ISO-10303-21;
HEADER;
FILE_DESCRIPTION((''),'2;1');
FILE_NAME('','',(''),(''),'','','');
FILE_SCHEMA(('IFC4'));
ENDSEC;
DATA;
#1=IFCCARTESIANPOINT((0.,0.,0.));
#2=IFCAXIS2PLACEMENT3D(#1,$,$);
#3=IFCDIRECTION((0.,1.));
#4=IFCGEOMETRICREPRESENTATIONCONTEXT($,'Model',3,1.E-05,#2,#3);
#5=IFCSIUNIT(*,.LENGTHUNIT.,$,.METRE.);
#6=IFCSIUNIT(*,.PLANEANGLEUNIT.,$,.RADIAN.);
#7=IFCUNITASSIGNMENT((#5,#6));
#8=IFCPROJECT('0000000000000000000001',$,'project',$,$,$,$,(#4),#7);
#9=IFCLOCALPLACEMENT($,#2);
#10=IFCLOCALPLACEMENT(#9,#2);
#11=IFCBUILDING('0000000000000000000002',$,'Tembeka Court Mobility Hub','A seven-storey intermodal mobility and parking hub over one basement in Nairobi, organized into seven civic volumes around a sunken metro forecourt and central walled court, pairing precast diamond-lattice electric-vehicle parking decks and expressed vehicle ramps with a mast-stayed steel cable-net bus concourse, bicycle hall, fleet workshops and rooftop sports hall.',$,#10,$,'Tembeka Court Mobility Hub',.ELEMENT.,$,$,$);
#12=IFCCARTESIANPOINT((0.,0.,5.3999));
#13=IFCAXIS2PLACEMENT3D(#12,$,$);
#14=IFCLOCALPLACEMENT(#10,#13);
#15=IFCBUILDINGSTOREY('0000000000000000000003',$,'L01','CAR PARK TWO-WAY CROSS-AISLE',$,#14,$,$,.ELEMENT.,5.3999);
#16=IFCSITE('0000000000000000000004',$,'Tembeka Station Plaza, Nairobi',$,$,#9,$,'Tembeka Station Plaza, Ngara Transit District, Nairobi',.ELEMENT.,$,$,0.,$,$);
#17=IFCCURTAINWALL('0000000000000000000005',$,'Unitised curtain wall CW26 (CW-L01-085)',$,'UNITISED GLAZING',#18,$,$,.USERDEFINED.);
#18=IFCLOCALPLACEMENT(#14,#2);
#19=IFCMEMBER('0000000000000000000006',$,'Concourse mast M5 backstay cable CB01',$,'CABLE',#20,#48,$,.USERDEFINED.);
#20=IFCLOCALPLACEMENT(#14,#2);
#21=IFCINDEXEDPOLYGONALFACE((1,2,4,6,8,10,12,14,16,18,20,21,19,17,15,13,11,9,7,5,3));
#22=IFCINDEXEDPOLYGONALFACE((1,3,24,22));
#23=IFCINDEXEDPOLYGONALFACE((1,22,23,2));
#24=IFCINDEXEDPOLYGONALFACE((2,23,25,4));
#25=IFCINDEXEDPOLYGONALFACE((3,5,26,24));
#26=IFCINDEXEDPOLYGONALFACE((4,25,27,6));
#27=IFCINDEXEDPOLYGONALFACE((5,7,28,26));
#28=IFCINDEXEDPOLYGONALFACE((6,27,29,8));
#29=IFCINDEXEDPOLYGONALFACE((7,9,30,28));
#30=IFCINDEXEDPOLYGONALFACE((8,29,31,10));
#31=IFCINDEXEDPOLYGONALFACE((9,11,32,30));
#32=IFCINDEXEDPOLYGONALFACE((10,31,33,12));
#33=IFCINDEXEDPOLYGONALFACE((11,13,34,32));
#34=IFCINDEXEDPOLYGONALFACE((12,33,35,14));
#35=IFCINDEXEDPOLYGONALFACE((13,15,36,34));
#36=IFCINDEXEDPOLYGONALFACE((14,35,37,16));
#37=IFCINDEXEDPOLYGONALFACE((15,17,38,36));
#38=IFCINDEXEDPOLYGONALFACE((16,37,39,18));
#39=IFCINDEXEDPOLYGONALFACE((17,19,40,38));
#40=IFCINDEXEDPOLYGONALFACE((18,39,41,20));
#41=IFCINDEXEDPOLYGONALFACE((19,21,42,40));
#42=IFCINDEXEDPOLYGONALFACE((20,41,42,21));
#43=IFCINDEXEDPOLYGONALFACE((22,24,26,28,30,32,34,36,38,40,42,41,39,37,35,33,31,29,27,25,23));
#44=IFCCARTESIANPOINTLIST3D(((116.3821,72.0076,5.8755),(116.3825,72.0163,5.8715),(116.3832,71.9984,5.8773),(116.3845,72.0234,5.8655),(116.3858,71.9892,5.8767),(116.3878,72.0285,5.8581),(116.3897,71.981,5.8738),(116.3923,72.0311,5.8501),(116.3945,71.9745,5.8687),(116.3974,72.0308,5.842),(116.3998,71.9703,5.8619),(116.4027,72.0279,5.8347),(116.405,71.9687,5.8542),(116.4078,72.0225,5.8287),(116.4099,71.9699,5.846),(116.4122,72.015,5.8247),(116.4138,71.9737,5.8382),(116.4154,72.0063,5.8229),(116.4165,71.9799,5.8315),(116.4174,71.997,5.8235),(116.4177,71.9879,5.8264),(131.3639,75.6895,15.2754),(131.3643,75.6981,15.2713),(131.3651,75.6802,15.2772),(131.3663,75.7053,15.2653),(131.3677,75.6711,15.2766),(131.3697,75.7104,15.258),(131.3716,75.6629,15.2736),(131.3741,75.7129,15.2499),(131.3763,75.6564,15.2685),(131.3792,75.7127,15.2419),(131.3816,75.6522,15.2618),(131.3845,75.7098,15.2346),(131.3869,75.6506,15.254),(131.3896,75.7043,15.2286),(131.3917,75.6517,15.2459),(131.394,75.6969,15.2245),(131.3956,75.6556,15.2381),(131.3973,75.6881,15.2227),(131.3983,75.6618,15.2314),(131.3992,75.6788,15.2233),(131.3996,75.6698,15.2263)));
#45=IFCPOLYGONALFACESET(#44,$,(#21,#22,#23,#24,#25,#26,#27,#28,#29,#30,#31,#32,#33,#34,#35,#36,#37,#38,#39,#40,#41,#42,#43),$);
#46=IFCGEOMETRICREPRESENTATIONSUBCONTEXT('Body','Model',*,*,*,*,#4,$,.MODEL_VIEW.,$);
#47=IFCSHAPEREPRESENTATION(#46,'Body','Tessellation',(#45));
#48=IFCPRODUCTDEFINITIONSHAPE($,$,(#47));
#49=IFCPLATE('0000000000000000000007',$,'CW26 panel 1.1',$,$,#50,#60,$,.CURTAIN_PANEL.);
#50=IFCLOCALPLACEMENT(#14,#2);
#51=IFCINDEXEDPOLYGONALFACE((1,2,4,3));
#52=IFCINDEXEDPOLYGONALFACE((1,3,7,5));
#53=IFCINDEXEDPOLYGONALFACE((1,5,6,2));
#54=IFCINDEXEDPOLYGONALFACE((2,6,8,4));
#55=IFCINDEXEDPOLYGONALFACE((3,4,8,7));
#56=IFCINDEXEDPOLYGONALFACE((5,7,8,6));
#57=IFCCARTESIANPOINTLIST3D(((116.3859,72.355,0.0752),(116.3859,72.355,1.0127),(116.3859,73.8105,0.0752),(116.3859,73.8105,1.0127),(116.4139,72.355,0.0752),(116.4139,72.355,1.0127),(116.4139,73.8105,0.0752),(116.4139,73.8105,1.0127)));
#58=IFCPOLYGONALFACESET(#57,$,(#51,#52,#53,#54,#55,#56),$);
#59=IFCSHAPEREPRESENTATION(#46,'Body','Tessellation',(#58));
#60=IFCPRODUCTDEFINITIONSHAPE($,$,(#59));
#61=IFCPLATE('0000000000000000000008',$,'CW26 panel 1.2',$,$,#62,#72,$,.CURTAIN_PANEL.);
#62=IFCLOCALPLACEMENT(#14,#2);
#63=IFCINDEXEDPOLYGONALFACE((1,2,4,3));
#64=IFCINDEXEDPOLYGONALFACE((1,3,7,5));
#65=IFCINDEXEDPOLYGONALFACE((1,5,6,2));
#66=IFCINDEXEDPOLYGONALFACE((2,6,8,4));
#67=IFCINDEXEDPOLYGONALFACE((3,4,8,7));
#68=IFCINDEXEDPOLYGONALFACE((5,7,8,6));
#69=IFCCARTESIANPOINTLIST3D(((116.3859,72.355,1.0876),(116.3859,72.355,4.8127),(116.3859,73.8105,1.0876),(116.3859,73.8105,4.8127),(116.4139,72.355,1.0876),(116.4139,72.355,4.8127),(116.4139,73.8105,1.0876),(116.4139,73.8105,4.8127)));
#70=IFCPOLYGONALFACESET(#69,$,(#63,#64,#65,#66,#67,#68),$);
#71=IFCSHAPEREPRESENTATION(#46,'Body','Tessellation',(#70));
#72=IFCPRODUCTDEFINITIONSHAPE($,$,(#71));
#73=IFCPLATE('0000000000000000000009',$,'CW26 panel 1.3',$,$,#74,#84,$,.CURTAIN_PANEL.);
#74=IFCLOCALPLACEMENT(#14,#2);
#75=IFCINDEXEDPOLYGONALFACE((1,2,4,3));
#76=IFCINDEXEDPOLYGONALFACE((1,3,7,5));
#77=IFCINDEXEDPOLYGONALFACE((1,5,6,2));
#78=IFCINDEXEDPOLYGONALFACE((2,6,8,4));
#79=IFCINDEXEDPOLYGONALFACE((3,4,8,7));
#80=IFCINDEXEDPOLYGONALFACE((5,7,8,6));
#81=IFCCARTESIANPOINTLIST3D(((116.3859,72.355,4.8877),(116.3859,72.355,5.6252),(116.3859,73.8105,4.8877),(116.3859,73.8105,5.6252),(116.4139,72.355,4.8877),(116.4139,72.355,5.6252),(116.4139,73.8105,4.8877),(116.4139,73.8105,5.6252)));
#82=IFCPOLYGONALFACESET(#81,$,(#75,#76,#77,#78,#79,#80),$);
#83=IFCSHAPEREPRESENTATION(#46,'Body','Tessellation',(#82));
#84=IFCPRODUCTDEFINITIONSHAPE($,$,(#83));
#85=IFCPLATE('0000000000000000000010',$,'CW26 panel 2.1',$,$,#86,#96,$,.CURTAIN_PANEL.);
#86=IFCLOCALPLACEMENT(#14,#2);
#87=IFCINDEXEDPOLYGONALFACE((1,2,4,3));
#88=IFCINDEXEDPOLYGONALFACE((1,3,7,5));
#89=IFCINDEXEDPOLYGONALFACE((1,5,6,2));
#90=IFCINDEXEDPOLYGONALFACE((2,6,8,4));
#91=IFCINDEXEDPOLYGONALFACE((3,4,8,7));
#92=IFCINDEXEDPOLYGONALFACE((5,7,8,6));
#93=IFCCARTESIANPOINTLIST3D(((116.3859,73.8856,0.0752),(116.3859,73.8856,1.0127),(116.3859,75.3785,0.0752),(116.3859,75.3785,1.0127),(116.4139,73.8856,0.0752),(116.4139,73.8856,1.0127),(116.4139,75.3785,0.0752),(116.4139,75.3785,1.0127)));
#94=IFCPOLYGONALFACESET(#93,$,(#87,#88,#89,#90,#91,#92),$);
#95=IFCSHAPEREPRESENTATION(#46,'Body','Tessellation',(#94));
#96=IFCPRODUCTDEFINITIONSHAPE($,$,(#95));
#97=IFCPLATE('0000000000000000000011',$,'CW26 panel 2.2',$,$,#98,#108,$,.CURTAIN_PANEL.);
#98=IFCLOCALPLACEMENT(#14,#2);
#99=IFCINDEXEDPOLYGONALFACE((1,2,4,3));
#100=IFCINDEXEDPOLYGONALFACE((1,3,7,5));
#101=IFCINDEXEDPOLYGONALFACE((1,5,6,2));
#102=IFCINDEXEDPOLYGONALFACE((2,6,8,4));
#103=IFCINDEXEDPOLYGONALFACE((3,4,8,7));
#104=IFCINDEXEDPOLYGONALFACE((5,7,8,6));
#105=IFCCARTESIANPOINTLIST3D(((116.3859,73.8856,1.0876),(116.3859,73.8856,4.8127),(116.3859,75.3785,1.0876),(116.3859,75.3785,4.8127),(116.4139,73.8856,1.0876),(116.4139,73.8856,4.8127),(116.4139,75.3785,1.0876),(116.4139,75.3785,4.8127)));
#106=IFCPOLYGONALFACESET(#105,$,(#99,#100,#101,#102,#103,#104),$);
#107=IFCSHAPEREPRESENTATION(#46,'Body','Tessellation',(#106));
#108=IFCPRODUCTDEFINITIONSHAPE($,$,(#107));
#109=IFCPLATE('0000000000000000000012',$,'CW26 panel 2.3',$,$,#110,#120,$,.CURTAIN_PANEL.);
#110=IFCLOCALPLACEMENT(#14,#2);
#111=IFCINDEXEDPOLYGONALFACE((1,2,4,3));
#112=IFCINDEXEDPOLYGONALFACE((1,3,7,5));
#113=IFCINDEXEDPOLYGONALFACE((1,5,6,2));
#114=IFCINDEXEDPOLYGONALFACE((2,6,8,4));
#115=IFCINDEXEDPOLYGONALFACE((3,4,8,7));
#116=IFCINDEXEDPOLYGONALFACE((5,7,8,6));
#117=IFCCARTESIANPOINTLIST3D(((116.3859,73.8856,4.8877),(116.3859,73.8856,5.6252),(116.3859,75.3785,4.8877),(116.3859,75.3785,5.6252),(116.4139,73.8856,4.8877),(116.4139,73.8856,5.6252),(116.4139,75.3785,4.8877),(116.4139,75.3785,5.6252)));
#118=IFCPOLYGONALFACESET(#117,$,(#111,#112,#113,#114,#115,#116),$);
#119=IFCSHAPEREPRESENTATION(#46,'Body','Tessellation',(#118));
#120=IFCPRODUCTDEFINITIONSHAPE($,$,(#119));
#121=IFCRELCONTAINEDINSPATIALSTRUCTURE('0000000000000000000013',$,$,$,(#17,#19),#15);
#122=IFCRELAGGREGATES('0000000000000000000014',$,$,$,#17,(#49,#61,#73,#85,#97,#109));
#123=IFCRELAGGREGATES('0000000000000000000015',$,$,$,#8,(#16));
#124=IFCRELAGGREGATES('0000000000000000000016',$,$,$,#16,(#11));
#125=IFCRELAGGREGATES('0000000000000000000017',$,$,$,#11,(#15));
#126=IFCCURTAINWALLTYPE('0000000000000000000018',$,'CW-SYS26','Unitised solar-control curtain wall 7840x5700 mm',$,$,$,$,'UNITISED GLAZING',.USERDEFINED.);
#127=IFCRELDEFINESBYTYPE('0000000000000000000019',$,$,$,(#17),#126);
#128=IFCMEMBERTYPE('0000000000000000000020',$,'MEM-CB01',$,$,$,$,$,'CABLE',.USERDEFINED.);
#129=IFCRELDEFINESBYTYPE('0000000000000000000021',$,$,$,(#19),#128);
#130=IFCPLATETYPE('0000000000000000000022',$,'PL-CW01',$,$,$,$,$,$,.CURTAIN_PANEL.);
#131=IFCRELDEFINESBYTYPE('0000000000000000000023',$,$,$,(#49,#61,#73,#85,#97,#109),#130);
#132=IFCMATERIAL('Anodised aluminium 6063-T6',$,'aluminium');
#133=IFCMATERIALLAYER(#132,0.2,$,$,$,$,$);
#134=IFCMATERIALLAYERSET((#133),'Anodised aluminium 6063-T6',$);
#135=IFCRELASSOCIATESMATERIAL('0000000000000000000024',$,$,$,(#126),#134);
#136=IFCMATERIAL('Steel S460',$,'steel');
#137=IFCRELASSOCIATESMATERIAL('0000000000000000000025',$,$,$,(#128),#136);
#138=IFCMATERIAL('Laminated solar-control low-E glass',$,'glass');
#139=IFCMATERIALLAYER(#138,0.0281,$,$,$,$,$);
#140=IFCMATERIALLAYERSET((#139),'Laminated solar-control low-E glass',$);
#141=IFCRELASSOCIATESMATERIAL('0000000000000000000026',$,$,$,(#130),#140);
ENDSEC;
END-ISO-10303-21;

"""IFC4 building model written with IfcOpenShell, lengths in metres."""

from ifc_helpers import new_model, si_unit, direction, frame, origin, origin_2d, place, context, subcontext, project, spatial, rectangle, circle, extrude, material, layer, layer_set, material_profile, profile_set, type_object, element, aggregate, save


model = new_model("IFC4")

# Units and contexts
model_context = context("Model", 3, precision=1e-05, world=origin(), true_north=direction((0.0, 1.0)))
body_context = subcontext(model_context, "Body", "Model", "MODEL_VIEW")
ifc_project = project(units=[si_unit("LENGTHUNIT", "METRE"), si_unit("PLANEANGLEUNIT", "RADIAN")], contexts=[model_context])

# Site, building, storey
site_placement = place(None, origin())
site = spatial("IfcSite", under=ifc_project, at=site_placement, Name="Tembeka Station Plaza, Nairobi", LongName="Tembeka Station Plaza, Ngara Transit District, Nairobi", CompositionType="ELEMENT", RefElevation=0.0)
building_placement = place(site_placement, origin())
building = spatial("IfcBuilding", under=site, at=building_placement, Name="Tembeka Court Mobility Hub", Description="A seven-storey intermodal mobility and parking hub over one basement in Nairobi, organized into seven civic volumes around a sunken metro forecourt and central walled court, pairing precast diamond-lattice electric-vehicle parking decks and expressed vehicle ramps with a mast-stayed steel cable-net bus concourse, bicycle hall, fleet workshops and rooftop sports hall.", LongName="Tembeka Court Mobility Hub", CompositionType="ELEMENT")
storey_placement = place(building_placement, frame((0.0, 0.0, 5.3999)))
storey = spatial("IfcBuildingStorey", under=building, at=storey_placement, Name="L01", Description="CAR PARK TWO-WAY CROSS-AISLE", CompositionType="ELEMENT", Elevation=5.3999)

# Curtain wall
ifc_material_1 = material(Name="Anodised aluminium 6063-T6", Category="aluminium")
ifc_layer_1 = layer(ifc_material_1, 0.2)
ifc_layer_set_1 = layer_set([ifc_layer_1], Name="Anodised aluminium 6063-T6")
curtain_wall_type = type_object("IfcCurtainWallType", Name="CW-SYS26", Description="Unitised solar-control curtain wall 7840x5700 mm", ElementType="UNITISED GLAZING", PredefinedType="USERDEFINED", material=ifc_layer_set_1)
curtain_wall_placement = place(storey_placement, origin())
curtain_wall = element("IfcCurtainWall", 1, at=curtain_wall_placement, inside=storey, type_object=curtain_wall_type, Name="Unitised curtain wall CW26 (CW-L01-085)", ObjectType="UNITISED GLAZING", PredefinedType="USERDEFINED")

# Member
ifc_material_2 = material(Name="Steel S460", Category="steel")
ifc_material_profile_1 = material_profile(ifc_material_2, circle(Radius=0.032, at=origin_2d()), Name="CABLE D64")
ifc_profile_set_1 = profile_set([ifc_material_profile_1], Name="Steel S460")
member_type_1 = type_object("IfcMemberType", Name="MEM-CB01", ElementType="CABLE", PredefinedType="USERDEFINED", material=ifc_profile_set_1)
member_1_placement = place(storey_placement, frame((116.3999, 72.0, 5.8501), z_axis=(0.829299, 0.203804, 0.520315), x_axis=(-0.238654, 0.971105, 0.0)))
element("IfcMember", 2, at=member_1_placement, inside=storey, type_object=member_type_1, Name="Concourse mast M5 backstay cable CB01", ObjectType="CABLE", PredefinedType="USERDEFINED", context=body_context, shape_type="SweptSolid", body=[
    extrude(circle(Radius=0.032, at=origin_2d()), origin(), (0.0, 0.0, 1.0), 18.0657),
])

# Plates
ifc_material_3 = material(Name="Laminated solar-control low-E glass", Category="glass")
ifc_layer_2 = layer(ifc_material_3, 0.0281)
ifc_layer_set_2 = layer_set([ifc_layer_2], Name="Laminated solar-control low-E glass")
plate_type = type_object("IfcPlateType", Name="PL-CW01", PredefinedType="CURTAIN_PANEL", material=ifc_layer_set_2)
plate_1_placement = place(storey_placement, frame((116.3999, 73.0828, 0.0752), z_axis=(0.0, 0.0, 1.0), x_axis=(0.0, 1.0, 0.0)))
plate_1 = element("IfcPlate", 3, at=plate_1_placement, type_object=plate_type, Name="CW26 panel 1.1", PredefinedType="CURTAIN_PANEL", context=body_context, shape_type="SweptSolid", body=[
    extrude(rectangle(XDim=1.4556, YDim=0.0281, at=origin_2d()), origin(), (0.0, 0.0, 1.0), 0.9375),
])
plate_2_placement = place(storey_placement, frame((116.3999, 73.0828, 1.0876), z_axis=(0.0, 0.0, 1.0), x_axis=(0.0, 1.0, 0.0)))
plate_2 = element("IfcPlate", 4, at=plate_2_placement, type_object=plate_type, Name="CW26 panel 1.2", PredefinedType="CURTAIN_PANEL", context=body_context, shape_type="SweptSolid", body=[
    extrude(rectangle(XDim=1.4556, YDim=0.0281, at=origin_2d()), origin(), (0.0, 0.0, 1.0), 3.7251),
])
plate_3_placement = place(storey_placement, frame((116.3999, 73.0828, 4.8877), z_axis=(0.0, 0.0, 1.0), x_axis=(0.0, 1.0, 0.0)))
plate_3 = element("IfcPlate", 5, at=plate_3_placement, type_object=plate_type, Name="CW26 panel 1.3", PredefinedType="CURTAIN_PANEL", context=body_context, shape_type="SweptSolid", body=[
    extrude(rectangle(XDim=1.4556, YDim=0.0281, at=origin_2d()), origin(), (0.0, 0.0, 1.0), 0.7375),
])
plate_4_placement = place(storey_placement, frame((116.3999, 74.6321, 0.0752), z_axis=(0.0, 0.0, 1.0), x_axis=(0.0, 1.0, 0.0)))
plate_4 = element("IfcPlate", 6, at=plate_4_placement, type_object=plate_type, Name="CW26 panel 2.1", PredefinedType="CURTAIN_PANEL", context=body_context, shape_type="SweptSolid", body=[
    extrude(rectangle(XDim=1.4929, YDim=0.0281, at=origin_2d()), origin(), (0.0, 0.0, 1.0), 0.9375),
])
plate_5_placement = place(storey_placement, frame((116.3999, 74.6321, 1.0876), z_axis=(0.0, 0.0, 1.0), x_axis=(0.0, 1.0, 0.0)))
plate_5 = element("IfcPlate", 7, at=plate_5_placement, type_object=plate_type, Name="CW26 panel 2.2", PredefinedType="CURTAIN_PANEL", context=body_context, shape_type="SweptSolid", body=[
    extrude(rectangle(XDim=1.4929, YDim=0.0281, at=origin_2d()), origin(), (0.0, 0.0, 1.0), 3.7251),
])
plate_6_placement = place(storey_placement, frame((116.3999, 74.6321, 4.8877), z_axis=(0.0, 0.0, 1.0), x_axis=(0.0, 1.0, 0.0)))
plate_6 = element("IfcPlate", 8, at=plate_6_placement, type_object=plate_type, Name="CW26 panel 2.3", PredefinedType="CURTAIN_PANEL", context=body_context, shape_type="SweptSolid", body=[
    extrude(rectangle(XDim=1.4929, YDim=0.0281, at=origin_2d()), origin(), (0.0, 0.0, 1.0), 0.7375),
])
aggregate(curtain_wall, [plate_1, plate_2, plate_3, plate_4, plate_5, plate_6])

save(model, "model.ifc")
